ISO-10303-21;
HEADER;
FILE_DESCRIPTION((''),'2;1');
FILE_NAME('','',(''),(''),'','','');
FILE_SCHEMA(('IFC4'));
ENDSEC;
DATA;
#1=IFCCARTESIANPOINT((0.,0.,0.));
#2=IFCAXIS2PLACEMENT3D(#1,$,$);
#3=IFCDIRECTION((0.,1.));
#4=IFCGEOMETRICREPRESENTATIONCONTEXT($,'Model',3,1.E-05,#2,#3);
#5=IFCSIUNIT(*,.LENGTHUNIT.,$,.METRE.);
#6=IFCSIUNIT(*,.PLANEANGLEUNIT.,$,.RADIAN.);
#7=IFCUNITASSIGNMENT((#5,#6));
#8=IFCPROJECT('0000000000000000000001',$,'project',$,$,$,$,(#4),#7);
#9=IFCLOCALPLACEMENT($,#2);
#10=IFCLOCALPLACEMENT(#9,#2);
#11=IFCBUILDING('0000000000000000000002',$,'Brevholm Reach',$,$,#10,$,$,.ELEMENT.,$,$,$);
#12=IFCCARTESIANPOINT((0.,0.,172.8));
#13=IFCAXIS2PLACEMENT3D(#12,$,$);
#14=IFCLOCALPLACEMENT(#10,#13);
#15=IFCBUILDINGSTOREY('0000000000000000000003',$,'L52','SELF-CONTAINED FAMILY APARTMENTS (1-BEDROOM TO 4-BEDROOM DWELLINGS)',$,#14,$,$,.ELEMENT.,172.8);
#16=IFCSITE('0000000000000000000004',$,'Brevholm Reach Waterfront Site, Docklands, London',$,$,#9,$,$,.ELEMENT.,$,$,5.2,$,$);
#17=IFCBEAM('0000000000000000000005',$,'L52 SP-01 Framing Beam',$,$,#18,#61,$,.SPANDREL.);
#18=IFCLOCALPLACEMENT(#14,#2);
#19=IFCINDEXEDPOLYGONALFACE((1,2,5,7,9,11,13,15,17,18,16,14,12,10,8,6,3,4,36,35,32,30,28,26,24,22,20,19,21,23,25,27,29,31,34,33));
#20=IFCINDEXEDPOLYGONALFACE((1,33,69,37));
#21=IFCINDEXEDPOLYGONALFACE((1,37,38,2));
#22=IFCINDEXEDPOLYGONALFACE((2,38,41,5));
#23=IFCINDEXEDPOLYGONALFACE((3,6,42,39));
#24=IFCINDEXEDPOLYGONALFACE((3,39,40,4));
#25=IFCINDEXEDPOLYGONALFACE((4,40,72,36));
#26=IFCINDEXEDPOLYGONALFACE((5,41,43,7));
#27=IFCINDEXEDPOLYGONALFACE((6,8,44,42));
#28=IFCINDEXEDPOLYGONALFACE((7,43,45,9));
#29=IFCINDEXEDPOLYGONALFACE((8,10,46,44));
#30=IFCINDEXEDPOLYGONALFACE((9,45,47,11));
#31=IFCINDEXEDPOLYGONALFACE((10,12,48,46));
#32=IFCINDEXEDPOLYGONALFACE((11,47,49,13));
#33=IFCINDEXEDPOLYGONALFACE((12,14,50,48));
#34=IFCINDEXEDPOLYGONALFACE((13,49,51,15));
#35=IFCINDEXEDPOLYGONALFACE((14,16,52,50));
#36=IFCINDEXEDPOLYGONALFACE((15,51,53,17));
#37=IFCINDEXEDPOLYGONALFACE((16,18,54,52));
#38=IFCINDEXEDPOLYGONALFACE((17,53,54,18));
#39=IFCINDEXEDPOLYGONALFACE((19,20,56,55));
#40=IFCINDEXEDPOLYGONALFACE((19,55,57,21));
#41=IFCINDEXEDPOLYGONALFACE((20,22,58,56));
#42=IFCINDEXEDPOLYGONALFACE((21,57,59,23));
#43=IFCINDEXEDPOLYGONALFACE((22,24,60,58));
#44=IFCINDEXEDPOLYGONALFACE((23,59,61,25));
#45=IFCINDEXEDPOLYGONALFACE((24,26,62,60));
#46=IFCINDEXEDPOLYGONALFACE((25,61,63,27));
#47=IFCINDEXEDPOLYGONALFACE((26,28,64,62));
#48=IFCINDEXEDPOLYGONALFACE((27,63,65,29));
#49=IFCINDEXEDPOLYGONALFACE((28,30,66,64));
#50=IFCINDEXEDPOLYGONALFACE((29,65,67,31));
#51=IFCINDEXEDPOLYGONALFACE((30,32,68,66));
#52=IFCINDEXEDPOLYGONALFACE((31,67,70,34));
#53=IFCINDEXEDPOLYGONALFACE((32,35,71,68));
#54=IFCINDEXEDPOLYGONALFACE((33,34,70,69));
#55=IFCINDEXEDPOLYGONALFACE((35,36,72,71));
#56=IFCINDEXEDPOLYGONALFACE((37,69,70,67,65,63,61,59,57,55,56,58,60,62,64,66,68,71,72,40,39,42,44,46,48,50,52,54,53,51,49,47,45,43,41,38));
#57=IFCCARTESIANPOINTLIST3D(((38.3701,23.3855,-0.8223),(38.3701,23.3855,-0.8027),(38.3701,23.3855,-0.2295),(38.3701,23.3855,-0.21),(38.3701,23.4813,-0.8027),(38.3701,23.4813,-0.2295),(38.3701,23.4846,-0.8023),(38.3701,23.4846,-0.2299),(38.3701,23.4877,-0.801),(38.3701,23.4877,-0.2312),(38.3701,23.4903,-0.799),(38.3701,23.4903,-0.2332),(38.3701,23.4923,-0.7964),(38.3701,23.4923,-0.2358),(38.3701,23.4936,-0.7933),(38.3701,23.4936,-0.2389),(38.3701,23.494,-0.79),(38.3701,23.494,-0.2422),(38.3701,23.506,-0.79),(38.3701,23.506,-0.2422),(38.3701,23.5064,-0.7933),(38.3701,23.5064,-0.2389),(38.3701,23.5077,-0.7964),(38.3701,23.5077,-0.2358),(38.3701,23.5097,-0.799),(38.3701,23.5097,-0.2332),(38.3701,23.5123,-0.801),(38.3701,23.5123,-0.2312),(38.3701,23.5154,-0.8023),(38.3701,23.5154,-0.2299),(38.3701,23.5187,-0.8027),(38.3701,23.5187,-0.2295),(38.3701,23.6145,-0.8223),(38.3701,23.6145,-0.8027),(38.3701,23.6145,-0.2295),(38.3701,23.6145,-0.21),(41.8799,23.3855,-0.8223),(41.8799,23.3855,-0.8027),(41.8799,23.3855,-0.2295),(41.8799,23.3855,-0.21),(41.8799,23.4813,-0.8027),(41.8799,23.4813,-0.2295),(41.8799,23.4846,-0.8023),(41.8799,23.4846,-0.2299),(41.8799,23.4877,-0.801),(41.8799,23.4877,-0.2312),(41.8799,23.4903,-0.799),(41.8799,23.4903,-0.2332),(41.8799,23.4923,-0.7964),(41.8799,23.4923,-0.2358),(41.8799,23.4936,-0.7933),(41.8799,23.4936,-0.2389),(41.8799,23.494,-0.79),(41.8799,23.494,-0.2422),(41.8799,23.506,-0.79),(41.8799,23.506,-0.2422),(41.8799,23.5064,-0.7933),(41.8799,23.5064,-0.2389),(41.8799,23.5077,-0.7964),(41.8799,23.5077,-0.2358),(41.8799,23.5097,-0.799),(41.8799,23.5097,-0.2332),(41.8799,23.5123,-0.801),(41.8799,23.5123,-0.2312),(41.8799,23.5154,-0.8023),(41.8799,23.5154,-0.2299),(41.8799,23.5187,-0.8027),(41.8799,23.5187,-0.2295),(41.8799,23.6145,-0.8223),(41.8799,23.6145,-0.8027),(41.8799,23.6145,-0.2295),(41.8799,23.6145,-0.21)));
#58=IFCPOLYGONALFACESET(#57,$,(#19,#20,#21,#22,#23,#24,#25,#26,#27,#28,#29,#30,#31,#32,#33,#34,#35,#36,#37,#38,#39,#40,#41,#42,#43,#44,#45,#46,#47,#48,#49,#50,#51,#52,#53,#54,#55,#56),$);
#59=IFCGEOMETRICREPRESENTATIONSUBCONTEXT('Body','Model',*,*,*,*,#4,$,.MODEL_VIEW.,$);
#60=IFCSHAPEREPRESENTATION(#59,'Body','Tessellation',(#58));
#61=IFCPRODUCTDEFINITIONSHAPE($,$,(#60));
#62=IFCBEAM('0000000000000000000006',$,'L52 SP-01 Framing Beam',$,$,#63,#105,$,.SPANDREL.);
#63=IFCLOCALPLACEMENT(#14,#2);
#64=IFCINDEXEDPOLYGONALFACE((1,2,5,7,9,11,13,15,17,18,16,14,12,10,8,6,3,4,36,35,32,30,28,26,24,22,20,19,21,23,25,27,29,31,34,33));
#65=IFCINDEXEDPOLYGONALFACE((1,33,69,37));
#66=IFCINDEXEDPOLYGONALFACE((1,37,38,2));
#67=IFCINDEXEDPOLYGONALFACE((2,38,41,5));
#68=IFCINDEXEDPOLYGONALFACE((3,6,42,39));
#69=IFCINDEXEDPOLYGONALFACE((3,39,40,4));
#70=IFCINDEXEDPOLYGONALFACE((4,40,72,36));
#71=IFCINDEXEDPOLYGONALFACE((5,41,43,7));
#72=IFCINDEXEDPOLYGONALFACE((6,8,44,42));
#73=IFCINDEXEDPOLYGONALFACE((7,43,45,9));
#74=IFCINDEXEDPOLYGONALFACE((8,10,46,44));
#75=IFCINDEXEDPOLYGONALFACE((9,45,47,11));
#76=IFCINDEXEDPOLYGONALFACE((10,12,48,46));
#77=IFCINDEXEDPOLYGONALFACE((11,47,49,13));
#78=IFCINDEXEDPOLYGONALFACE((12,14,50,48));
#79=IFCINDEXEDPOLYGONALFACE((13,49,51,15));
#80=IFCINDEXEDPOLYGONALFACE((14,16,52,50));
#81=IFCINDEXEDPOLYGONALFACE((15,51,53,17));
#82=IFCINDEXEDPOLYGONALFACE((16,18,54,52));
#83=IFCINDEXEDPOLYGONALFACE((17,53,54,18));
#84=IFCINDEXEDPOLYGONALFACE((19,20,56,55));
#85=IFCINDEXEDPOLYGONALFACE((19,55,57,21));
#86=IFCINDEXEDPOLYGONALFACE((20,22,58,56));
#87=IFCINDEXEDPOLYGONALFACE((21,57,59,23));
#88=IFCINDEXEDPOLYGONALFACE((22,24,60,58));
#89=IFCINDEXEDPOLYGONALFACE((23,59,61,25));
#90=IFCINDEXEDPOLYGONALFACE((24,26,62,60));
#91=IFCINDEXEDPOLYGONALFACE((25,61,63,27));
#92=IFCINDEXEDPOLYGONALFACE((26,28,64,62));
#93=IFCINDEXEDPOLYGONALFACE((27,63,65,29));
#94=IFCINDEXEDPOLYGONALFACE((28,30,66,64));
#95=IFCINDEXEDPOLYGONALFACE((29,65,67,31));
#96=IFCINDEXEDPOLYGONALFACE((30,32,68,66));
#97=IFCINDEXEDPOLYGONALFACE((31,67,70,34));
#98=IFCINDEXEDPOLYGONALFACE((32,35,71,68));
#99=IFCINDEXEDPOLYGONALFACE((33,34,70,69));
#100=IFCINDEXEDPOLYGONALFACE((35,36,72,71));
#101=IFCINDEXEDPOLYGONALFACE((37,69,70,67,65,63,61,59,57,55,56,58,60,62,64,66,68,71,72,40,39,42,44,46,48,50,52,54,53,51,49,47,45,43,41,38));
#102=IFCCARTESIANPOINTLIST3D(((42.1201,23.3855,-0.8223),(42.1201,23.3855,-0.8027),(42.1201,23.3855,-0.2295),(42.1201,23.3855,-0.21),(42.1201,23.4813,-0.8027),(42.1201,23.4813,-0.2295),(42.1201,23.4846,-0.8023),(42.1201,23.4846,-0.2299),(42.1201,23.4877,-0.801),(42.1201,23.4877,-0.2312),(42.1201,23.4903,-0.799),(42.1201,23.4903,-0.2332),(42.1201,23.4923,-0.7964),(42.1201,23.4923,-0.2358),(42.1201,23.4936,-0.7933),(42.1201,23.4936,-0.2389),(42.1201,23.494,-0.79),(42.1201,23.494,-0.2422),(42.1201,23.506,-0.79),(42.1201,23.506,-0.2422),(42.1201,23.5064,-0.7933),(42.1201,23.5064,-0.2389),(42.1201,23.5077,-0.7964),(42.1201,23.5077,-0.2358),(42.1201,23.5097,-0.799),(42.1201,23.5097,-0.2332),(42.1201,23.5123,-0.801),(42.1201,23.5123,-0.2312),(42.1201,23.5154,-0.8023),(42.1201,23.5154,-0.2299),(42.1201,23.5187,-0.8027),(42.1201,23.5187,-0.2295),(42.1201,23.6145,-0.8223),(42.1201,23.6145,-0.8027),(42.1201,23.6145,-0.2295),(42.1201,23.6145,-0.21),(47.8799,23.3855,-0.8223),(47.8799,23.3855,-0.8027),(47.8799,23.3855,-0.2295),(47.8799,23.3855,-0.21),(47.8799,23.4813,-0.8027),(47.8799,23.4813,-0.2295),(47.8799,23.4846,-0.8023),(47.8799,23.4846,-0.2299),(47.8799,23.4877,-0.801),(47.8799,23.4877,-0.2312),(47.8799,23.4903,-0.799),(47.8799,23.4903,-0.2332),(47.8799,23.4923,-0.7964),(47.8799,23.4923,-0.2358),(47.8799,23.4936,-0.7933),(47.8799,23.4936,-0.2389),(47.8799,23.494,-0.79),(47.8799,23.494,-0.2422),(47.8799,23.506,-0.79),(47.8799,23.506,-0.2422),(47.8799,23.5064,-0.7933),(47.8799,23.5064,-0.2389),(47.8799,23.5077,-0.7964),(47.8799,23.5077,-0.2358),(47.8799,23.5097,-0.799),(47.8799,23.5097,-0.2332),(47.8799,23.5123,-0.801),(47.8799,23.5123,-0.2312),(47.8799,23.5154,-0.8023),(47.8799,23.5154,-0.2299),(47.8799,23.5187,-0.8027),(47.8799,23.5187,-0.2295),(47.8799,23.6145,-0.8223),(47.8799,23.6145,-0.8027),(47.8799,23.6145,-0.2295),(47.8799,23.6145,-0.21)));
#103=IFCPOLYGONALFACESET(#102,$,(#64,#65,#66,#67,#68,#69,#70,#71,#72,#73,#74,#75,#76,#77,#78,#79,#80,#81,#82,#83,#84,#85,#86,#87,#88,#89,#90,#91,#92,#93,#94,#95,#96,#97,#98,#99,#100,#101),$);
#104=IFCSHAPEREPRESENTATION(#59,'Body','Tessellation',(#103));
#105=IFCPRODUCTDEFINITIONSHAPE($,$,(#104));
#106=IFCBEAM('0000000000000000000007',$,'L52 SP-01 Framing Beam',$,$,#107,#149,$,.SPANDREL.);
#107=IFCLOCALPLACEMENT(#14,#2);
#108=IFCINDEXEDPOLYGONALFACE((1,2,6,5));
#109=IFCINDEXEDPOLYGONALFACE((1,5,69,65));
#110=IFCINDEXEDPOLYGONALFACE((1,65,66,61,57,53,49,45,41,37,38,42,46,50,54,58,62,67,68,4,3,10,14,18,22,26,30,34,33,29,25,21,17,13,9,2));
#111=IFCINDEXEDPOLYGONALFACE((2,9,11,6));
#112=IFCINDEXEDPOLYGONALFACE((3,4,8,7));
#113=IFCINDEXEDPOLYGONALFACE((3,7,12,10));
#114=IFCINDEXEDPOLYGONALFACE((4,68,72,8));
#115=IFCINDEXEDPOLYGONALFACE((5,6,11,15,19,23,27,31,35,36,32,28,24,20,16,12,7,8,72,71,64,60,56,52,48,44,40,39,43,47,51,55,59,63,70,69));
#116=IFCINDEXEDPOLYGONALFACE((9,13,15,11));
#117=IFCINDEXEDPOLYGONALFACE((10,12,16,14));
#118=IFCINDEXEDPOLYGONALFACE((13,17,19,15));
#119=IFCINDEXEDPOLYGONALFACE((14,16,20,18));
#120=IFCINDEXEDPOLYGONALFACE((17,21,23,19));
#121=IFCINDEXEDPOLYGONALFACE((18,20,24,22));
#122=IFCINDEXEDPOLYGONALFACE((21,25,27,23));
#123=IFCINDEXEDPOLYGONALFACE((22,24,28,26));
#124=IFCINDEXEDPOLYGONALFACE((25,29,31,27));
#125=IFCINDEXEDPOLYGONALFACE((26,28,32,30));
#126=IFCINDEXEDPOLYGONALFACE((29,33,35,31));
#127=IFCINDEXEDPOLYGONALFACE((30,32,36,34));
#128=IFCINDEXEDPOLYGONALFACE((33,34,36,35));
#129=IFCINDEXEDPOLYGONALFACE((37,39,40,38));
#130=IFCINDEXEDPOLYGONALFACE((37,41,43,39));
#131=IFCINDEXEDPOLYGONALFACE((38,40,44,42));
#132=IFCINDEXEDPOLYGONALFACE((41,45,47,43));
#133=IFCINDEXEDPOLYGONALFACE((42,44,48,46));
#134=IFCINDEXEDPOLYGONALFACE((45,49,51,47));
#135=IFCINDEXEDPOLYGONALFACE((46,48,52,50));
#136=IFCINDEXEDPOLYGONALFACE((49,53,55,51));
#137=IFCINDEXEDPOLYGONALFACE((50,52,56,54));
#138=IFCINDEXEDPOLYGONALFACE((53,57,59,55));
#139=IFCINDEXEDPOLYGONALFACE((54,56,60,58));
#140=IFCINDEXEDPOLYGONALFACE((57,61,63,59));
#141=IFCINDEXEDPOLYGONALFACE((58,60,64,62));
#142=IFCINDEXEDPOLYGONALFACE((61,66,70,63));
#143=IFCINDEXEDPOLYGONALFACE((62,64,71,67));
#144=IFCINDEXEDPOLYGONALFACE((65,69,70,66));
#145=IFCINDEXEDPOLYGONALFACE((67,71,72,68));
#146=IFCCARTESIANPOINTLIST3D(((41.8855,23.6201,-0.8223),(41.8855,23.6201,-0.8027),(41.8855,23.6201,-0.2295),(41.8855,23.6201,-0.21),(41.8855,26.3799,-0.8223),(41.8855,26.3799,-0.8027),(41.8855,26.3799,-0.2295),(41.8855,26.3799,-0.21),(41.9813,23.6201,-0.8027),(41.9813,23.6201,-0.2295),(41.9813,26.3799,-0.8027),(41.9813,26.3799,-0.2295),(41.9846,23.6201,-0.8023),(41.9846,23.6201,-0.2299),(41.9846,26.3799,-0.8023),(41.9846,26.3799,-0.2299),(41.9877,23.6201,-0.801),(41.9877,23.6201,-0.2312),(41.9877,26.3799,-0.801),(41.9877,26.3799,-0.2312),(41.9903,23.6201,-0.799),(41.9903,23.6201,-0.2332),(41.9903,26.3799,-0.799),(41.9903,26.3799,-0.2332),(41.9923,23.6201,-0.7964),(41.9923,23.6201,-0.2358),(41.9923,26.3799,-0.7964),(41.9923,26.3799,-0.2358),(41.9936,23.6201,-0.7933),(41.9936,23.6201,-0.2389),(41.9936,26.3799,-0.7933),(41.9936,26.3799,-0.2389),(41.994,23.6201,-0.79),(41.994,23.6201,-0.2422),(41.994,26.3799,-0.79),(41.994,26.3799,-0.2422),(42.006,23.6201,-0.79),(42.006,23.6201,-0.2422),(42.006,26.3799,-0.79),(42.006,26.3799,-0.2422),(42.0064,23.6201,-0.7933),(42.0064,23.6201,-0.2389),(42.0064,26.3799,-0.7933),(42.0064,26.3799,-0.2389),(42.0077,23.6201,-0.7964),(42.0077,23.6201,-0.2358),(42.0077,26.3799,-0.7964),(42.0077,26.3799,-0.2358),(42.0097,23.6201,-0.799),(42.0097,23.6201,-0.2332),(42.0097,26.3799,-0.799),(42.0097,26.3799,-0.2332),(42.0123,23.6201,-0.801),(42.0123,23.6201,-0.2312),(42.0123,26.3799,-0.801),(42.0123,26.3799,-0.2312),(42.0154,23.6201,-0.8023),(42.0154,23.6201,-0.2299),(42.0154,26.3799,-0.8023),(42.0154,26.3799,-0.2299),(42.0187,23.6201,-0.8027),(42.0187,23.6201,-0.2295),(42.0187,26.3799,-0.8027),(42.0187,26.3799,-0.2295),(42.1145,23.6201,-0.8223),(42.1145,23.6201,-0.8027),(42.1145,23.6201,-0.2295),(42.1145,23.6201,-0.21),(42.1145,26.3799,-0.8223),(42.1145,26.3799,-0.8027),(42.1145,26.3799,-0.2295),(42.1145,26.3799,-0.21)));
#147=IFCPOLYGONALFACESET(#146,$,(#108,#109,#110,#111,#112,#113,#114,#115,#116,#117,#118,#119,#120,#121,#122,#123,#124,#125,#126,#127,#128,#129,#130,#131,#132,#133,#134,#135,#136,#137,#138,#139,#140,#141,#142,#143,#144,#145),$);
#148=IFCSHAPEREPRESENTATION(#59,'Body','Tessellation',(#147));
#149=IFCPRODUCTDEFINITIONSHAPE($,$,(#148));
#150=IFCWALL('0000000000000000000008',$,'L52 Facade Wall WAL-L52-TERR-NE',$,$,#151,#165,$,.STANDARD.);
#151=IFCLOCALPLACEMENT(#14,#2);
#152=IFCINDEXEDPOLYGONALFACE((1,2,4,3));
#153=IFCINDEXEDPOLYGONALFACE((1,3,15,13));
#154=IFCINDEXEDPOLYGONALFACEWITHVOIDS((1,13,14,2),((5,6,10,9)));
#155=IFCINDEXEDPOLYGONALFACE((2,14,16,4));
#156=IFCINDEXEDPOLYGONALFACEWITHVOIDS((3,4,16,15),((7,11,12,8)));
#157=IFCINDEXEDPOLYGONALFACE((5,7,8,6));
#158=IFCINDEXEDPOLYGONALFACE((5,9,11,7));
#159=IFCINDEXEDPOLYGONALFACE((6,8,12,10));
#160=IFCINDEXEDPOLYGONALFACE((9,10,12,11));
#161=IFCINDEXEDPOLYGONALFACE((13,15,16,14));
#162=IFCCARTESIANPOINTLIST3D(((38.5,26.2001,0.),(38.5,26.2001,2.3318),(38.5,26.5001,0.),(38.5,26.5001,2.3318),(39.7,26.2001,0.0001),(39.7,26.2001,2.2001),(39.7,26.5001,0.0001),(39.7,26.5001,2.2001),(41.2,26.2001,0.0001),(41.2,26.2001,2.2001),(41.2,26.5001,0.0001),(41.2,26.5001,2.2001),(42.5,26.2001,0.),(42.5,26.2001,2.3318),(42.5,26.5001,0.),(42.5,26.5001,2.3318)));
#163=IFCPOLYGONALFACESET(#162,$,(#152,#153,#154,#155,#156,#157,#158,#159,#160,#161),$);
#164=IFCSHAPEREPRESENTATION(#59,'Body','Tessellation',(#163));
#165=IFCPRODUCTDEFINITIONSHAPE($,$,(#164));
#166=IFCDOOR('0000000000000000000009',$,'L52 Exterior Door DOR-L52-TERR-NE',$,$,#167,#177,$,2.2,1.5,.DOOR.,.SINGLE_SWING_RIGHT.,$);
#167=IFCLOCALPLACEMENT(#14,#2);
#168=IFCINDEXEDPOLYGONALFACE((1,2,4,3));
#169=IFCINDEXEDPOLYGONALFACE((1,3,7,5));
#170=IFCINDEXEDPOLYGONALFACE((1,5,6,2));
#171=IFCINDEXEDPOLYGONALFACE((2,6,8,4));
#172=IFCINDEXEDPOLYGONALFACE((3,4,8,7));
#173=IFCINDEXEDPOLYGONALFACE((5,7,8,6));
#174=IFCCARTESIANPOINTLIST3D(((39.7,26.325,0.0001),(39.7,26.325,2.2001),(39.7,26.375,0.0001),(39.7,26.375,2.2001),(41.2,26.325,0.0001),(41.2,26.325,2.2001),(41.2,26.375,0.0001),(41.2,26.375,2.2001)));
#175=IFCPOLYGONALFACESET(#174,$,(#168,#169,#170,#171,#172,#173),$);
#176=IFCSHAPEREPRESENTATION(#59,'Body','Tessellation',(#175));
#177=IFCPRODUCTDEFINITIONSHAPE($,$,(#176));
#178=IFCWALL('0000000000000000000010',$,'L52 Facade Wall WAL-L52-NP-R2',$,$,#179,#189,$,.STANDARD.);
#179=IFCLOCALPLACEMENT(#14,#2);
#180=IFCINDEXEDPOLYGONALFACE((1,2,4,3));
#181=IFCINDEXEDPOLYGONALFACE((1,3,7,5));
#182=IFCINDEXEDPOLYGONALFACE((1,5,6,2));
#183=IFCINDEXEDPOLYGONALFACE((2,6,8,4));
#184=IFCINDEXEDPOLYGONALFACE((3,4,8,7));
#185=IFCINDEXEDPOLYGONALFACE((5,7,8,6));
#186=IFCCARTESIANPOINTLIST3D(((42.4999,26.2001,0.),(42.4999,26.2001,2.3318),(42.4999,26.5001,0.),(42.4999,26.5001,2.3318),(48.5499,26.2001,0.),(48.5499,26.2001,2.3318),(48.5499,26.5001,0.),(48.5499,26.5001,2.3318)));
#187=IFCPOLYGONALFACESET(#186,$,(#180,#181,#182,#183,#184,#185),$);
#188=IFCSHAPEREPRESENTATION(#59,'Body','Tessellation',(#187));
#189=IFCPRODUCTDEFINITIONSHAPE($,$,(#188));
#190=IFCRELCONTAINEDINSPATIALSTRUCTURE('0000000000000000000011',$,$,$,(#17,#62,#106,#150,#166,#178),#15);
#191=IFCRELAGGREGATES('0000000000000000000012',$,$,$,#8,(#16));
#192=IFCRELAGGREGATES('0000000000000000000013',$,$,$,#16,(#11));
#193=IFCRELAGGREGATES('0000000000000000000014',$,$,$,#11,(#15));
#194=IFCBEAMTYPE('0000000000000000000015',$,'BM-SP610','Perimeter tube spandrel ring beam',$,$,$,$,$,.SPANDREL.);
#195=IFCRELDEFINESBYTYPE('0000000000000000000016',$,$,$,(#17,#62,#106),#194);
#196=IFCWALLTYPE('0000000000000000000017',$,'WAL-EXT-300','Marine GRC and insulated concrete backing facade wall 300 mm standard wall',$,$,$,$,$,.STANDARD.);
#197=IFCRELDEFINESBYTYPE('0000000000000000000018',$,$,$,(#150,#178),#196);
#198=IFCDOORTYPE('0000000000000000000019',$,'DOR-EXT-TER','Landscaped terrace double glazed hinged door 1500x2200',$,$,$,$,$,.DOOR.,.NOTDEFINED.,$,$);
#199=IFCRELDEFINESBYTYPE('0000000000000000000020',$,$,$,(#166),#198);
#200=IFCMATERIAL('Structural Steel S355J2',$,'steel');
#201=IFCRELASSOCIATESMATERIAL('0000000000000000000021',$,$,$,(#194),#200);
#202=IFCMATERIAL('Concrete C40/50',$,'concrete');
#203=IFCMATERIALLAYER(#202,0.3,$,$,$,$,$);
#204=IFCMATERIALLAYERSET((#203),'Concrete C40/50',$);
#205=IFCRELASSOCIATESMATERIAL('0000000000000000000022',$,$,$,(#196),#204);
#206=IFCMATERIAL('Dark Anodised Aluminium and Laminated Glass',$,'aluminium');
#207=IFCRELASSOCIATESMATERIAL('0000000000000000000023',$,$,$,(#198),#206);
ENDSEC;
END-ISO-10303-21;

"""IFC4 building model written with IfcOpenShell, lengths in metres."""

from ifc_helpers import new_model, si_unit, direction, frame, frame_2d, origin, origin_2d, place, context, subcontext, project, spatial, rectangle, i_section, extrude, material, layer, layer_set, material_profile, profile_set, type_object, element, fill, save


model = new_model("IFC4")

# Units and contexts
model_context = context("Model", 3, precision=1e-05, world=origin(), true_north=direction((0.0, 1.0)))
body_context = subcontext(model_context, "Body", "Model", "MODEL_VIEW")
ifc_project = project(units=[si_unit("LENGTHUNIT", "METRE"), si_unit("PLANEANGLEUNIT", "RADIAN")], contexts=[model_context])

# Site, building, storey
site_placement = place(None, origin())
site = spatial("IfcSite", under=ifc_project, at=site_placement, Name="Brevholm Reach Waterfront Site, Docklands, London", CompositionType="ELEMENT", RefElevation=5.2)
building_placement = place(site_placement, origin())
building = spatial("IfcBuilding", under=site, at=building_placement, Name="Brevholm Reach", CompositionType="ELEMENT")
storey_placement = place(building_placement, frame((0.0, 0.0, 172.8)))
storey = spatial("IfcBuildingStorey", under=building, at=storey_placement, Name="L52", Description="SELF-CONTAINED FAMILY APARTMENTS (1-BEDROOM TO 4-BEDROOM DWELLINGS)", CompositionType="ELEMENT", Elevation=172.8)

# Beams
ifc_material_1 = material(Name="Structural Steel S355J2", Category="steel")
ifc_material_profile_1 = material_profile(ifc_material_1, i_section(OverallWidth=0.229, OverallDepth=0.6123, WebThickness=0.012, FlangeThickness=0.0195, FilletRadius=0.0127, at=origin_2d()), Name="UKB 610x229x125")
ifc_profile_set_1 = profile_set([ifc_material_profile_1], Name="Structural Steel S355J2")
beam_type_1 = type_object("IfcBeamType", Name="BM-SP610", Description="Perimeter tube spandrel ring beam", PredefinedType="SPANDREL", material=ifc_profile_set_1)
beam_1_placement = place(storey_placement, frame((38.3701, 23.5, -0.5161), z_axis=(1.0, 0.0, 0.0), x_axis=(0.0, 1.0, 0.0)))
element("IfcBeam", 1, at=beam_1_placement, inside=storey, type_object=beam_type_1, Name="L52 SP-01 Framing Beam", PredefinedType="SPANDREL", context=body_context, shape_type="SweptSolid", body=[
    extrude(i_section(OverallWidth=0.229, OverallDepth=0.6123, WebThickness=0.012, FlangeThickness=0.0195, FilletRadius=0.0127, at=origin_2d()), origin(), (0.0, 0.0, 1.0), 3.5098),
])
beam_2_placement = place(storey_placement, frame((42.1201, 23.5, -0.5161), z_axis=(1.0, 0.0, 0.0), x_axis=(0.0, 1.0, 0.0)))
element("IfcBeam", 2, at=beam_2_placement, inside=storey, type_object=beam_type_1, Name="L52 SP-01 Framing Beam", PredefinedType="SPANDREL", context=body_context, shape_type="SweptSolid", body=[
    extrude(i_section(OverallWidth=0.229, OverallDepth=0.6123, WebThickness=0.012, FlangeThickness=0.0195, FilletRadius=0.0127, at=origin_2d()), origin(), (0.0, 0.0, 1.0), 5.7598),
])
beam_3_placement = place(storey_placement, frame((42.0, 23.6201, -0.5161), z_axis=(0.0, 1.0, 0.0), x_axis=(-1.0, 0.0, 0.0)))
element("IfcBeam", 3, at=beam_3_placement, inside=storey, type_object=beam_type_1, Name="L52 SP-01 Framing Beam", PredefinedType="SPANDREL", context=body_context, shape_type="SweptSolid", body=[
    extrude(i_section(OverallWidth=0.229, OverallDepth=0.6123, WebThickness=0.012, FlangeThickness=0.0195, FilletRadius=0.0127, at=origin_2d()), origin(), (0.0, 0.0, 1.0), 2.7598),
])

# Wall, opening, door
ifc_material_2 = material(Name="Concrete C40/50", Category="concrete")
ifc_layer_1 = layer(ifc_material_2, 0.3)
ifc_layer_set_1 = layer_set([ifc_layer_1], Name="Concrete C40/50")
wall_type_1 = type_object("IfcWallType", Name="WAL-EXT-300", Description="Marine GRC and insulated concrete backing facade wall 300 mm standard wall", PredefinedType="STANDARD", material=ifc_layer_set_1)
wall_1_placement = place(storey_placement, frame((38.5, 26.3501, 0.0), z_axis=(0.0, 0.0, 1.0), x_axis=(1.0, 0.0, 0.0)))
wall_1 = element("IfcWall", 4, at=wall_1_placement, inside=storey, type_object=wall_type_1, Name="L52 Facade Wall WAL-L52-TERR-NE", PredefinedType="STANDARD", context=body_context, shape_type="SweptSolid", body=[
    extrude(rectangle(XDim=4.0, YDim=0.3, at=frame_2d((2.0, 0.0))), origin(), (0.0, 0.0, 1.0), 2.3318),
])
opening_placement = place(wall_1_placement, frame((1.2, 0.0, 0.0)))
opening = element("IfcOpeningElement", 5, at=opening_placement, cuts=wall_1, PredefinedType="OPENING", context=body_context, shape_type="SweptSolid", body=[
    extrude(rectangle(XDim=1.5, YDim=2.2, at=frame_2d((0.75, 1.1001))), frame((0.0, 0.1599, 0.0), z_axis=(0.0, -1.0, 0.0), x_axis=(1.0, 0.0, 0.0)), (0.0, 0.0, 1.0), 0.3201),
])
ifc_material_3 = material(Name="Dark Anodised Aluminium and Laminated Glass", Category="aluminium")
door_type = type_object("IfcDoorType", Name="DOR-EXT-TER", Description="Landscaped terrace double glazed hinged door 1500x2200", OperationType="NOTDEFINED", PredefinedType="DOOR", material=ifc_material_3)
door_placement = place(opening_placement, origin())
door = element("IfcDoor", 6, at=door_placement, inside=storey, type_object=door_type, Name="L52 Exterior Door DOR-L52-TERR-NE", OperationType="SINGLE_SWING_RIGHT", OverallHeight=2.2, OverallWidth=1.5, PredefinedType="DOOR", context=body_context, shape_type="SweptSolid", body=[
    extrude(rectangle(XDim=1.5, YDim=2.2, at=frame_2d((0.75, 1.1001))), frame((0.0, 0.0249, 0.0), z_axis=(0.0, -1.0, 0.0), x_axis=(1.0, 0.0, 0.0)), (0.0, 0.0, 1.0), 0.05),
])
fill(opening, door)

# Wall
wall_2_placement = place(storey_placement, frame((42.5, 26.3501, 0.0), z_axis=(0.0, 0.0, 1.0), x_axis=(1.0, 0.0, 0.0)))
element("IfcWall", 7, at=wall_2_placement, inside=storey, type_object=wall_type_1, Name="L52 Facade Wall WAL-L52-NP-R2", PredefinedType="STANDARD", context=body_context, shape_type="SweptSolid", body=[
    extrude(rectangle(XDim=6.05, YDim=0.3, at=frame_2d((3.0249, 0.0))), origin(), (0.0, 0.0, 1.0), 2.3318),
])

save(model, "model.ifc")
